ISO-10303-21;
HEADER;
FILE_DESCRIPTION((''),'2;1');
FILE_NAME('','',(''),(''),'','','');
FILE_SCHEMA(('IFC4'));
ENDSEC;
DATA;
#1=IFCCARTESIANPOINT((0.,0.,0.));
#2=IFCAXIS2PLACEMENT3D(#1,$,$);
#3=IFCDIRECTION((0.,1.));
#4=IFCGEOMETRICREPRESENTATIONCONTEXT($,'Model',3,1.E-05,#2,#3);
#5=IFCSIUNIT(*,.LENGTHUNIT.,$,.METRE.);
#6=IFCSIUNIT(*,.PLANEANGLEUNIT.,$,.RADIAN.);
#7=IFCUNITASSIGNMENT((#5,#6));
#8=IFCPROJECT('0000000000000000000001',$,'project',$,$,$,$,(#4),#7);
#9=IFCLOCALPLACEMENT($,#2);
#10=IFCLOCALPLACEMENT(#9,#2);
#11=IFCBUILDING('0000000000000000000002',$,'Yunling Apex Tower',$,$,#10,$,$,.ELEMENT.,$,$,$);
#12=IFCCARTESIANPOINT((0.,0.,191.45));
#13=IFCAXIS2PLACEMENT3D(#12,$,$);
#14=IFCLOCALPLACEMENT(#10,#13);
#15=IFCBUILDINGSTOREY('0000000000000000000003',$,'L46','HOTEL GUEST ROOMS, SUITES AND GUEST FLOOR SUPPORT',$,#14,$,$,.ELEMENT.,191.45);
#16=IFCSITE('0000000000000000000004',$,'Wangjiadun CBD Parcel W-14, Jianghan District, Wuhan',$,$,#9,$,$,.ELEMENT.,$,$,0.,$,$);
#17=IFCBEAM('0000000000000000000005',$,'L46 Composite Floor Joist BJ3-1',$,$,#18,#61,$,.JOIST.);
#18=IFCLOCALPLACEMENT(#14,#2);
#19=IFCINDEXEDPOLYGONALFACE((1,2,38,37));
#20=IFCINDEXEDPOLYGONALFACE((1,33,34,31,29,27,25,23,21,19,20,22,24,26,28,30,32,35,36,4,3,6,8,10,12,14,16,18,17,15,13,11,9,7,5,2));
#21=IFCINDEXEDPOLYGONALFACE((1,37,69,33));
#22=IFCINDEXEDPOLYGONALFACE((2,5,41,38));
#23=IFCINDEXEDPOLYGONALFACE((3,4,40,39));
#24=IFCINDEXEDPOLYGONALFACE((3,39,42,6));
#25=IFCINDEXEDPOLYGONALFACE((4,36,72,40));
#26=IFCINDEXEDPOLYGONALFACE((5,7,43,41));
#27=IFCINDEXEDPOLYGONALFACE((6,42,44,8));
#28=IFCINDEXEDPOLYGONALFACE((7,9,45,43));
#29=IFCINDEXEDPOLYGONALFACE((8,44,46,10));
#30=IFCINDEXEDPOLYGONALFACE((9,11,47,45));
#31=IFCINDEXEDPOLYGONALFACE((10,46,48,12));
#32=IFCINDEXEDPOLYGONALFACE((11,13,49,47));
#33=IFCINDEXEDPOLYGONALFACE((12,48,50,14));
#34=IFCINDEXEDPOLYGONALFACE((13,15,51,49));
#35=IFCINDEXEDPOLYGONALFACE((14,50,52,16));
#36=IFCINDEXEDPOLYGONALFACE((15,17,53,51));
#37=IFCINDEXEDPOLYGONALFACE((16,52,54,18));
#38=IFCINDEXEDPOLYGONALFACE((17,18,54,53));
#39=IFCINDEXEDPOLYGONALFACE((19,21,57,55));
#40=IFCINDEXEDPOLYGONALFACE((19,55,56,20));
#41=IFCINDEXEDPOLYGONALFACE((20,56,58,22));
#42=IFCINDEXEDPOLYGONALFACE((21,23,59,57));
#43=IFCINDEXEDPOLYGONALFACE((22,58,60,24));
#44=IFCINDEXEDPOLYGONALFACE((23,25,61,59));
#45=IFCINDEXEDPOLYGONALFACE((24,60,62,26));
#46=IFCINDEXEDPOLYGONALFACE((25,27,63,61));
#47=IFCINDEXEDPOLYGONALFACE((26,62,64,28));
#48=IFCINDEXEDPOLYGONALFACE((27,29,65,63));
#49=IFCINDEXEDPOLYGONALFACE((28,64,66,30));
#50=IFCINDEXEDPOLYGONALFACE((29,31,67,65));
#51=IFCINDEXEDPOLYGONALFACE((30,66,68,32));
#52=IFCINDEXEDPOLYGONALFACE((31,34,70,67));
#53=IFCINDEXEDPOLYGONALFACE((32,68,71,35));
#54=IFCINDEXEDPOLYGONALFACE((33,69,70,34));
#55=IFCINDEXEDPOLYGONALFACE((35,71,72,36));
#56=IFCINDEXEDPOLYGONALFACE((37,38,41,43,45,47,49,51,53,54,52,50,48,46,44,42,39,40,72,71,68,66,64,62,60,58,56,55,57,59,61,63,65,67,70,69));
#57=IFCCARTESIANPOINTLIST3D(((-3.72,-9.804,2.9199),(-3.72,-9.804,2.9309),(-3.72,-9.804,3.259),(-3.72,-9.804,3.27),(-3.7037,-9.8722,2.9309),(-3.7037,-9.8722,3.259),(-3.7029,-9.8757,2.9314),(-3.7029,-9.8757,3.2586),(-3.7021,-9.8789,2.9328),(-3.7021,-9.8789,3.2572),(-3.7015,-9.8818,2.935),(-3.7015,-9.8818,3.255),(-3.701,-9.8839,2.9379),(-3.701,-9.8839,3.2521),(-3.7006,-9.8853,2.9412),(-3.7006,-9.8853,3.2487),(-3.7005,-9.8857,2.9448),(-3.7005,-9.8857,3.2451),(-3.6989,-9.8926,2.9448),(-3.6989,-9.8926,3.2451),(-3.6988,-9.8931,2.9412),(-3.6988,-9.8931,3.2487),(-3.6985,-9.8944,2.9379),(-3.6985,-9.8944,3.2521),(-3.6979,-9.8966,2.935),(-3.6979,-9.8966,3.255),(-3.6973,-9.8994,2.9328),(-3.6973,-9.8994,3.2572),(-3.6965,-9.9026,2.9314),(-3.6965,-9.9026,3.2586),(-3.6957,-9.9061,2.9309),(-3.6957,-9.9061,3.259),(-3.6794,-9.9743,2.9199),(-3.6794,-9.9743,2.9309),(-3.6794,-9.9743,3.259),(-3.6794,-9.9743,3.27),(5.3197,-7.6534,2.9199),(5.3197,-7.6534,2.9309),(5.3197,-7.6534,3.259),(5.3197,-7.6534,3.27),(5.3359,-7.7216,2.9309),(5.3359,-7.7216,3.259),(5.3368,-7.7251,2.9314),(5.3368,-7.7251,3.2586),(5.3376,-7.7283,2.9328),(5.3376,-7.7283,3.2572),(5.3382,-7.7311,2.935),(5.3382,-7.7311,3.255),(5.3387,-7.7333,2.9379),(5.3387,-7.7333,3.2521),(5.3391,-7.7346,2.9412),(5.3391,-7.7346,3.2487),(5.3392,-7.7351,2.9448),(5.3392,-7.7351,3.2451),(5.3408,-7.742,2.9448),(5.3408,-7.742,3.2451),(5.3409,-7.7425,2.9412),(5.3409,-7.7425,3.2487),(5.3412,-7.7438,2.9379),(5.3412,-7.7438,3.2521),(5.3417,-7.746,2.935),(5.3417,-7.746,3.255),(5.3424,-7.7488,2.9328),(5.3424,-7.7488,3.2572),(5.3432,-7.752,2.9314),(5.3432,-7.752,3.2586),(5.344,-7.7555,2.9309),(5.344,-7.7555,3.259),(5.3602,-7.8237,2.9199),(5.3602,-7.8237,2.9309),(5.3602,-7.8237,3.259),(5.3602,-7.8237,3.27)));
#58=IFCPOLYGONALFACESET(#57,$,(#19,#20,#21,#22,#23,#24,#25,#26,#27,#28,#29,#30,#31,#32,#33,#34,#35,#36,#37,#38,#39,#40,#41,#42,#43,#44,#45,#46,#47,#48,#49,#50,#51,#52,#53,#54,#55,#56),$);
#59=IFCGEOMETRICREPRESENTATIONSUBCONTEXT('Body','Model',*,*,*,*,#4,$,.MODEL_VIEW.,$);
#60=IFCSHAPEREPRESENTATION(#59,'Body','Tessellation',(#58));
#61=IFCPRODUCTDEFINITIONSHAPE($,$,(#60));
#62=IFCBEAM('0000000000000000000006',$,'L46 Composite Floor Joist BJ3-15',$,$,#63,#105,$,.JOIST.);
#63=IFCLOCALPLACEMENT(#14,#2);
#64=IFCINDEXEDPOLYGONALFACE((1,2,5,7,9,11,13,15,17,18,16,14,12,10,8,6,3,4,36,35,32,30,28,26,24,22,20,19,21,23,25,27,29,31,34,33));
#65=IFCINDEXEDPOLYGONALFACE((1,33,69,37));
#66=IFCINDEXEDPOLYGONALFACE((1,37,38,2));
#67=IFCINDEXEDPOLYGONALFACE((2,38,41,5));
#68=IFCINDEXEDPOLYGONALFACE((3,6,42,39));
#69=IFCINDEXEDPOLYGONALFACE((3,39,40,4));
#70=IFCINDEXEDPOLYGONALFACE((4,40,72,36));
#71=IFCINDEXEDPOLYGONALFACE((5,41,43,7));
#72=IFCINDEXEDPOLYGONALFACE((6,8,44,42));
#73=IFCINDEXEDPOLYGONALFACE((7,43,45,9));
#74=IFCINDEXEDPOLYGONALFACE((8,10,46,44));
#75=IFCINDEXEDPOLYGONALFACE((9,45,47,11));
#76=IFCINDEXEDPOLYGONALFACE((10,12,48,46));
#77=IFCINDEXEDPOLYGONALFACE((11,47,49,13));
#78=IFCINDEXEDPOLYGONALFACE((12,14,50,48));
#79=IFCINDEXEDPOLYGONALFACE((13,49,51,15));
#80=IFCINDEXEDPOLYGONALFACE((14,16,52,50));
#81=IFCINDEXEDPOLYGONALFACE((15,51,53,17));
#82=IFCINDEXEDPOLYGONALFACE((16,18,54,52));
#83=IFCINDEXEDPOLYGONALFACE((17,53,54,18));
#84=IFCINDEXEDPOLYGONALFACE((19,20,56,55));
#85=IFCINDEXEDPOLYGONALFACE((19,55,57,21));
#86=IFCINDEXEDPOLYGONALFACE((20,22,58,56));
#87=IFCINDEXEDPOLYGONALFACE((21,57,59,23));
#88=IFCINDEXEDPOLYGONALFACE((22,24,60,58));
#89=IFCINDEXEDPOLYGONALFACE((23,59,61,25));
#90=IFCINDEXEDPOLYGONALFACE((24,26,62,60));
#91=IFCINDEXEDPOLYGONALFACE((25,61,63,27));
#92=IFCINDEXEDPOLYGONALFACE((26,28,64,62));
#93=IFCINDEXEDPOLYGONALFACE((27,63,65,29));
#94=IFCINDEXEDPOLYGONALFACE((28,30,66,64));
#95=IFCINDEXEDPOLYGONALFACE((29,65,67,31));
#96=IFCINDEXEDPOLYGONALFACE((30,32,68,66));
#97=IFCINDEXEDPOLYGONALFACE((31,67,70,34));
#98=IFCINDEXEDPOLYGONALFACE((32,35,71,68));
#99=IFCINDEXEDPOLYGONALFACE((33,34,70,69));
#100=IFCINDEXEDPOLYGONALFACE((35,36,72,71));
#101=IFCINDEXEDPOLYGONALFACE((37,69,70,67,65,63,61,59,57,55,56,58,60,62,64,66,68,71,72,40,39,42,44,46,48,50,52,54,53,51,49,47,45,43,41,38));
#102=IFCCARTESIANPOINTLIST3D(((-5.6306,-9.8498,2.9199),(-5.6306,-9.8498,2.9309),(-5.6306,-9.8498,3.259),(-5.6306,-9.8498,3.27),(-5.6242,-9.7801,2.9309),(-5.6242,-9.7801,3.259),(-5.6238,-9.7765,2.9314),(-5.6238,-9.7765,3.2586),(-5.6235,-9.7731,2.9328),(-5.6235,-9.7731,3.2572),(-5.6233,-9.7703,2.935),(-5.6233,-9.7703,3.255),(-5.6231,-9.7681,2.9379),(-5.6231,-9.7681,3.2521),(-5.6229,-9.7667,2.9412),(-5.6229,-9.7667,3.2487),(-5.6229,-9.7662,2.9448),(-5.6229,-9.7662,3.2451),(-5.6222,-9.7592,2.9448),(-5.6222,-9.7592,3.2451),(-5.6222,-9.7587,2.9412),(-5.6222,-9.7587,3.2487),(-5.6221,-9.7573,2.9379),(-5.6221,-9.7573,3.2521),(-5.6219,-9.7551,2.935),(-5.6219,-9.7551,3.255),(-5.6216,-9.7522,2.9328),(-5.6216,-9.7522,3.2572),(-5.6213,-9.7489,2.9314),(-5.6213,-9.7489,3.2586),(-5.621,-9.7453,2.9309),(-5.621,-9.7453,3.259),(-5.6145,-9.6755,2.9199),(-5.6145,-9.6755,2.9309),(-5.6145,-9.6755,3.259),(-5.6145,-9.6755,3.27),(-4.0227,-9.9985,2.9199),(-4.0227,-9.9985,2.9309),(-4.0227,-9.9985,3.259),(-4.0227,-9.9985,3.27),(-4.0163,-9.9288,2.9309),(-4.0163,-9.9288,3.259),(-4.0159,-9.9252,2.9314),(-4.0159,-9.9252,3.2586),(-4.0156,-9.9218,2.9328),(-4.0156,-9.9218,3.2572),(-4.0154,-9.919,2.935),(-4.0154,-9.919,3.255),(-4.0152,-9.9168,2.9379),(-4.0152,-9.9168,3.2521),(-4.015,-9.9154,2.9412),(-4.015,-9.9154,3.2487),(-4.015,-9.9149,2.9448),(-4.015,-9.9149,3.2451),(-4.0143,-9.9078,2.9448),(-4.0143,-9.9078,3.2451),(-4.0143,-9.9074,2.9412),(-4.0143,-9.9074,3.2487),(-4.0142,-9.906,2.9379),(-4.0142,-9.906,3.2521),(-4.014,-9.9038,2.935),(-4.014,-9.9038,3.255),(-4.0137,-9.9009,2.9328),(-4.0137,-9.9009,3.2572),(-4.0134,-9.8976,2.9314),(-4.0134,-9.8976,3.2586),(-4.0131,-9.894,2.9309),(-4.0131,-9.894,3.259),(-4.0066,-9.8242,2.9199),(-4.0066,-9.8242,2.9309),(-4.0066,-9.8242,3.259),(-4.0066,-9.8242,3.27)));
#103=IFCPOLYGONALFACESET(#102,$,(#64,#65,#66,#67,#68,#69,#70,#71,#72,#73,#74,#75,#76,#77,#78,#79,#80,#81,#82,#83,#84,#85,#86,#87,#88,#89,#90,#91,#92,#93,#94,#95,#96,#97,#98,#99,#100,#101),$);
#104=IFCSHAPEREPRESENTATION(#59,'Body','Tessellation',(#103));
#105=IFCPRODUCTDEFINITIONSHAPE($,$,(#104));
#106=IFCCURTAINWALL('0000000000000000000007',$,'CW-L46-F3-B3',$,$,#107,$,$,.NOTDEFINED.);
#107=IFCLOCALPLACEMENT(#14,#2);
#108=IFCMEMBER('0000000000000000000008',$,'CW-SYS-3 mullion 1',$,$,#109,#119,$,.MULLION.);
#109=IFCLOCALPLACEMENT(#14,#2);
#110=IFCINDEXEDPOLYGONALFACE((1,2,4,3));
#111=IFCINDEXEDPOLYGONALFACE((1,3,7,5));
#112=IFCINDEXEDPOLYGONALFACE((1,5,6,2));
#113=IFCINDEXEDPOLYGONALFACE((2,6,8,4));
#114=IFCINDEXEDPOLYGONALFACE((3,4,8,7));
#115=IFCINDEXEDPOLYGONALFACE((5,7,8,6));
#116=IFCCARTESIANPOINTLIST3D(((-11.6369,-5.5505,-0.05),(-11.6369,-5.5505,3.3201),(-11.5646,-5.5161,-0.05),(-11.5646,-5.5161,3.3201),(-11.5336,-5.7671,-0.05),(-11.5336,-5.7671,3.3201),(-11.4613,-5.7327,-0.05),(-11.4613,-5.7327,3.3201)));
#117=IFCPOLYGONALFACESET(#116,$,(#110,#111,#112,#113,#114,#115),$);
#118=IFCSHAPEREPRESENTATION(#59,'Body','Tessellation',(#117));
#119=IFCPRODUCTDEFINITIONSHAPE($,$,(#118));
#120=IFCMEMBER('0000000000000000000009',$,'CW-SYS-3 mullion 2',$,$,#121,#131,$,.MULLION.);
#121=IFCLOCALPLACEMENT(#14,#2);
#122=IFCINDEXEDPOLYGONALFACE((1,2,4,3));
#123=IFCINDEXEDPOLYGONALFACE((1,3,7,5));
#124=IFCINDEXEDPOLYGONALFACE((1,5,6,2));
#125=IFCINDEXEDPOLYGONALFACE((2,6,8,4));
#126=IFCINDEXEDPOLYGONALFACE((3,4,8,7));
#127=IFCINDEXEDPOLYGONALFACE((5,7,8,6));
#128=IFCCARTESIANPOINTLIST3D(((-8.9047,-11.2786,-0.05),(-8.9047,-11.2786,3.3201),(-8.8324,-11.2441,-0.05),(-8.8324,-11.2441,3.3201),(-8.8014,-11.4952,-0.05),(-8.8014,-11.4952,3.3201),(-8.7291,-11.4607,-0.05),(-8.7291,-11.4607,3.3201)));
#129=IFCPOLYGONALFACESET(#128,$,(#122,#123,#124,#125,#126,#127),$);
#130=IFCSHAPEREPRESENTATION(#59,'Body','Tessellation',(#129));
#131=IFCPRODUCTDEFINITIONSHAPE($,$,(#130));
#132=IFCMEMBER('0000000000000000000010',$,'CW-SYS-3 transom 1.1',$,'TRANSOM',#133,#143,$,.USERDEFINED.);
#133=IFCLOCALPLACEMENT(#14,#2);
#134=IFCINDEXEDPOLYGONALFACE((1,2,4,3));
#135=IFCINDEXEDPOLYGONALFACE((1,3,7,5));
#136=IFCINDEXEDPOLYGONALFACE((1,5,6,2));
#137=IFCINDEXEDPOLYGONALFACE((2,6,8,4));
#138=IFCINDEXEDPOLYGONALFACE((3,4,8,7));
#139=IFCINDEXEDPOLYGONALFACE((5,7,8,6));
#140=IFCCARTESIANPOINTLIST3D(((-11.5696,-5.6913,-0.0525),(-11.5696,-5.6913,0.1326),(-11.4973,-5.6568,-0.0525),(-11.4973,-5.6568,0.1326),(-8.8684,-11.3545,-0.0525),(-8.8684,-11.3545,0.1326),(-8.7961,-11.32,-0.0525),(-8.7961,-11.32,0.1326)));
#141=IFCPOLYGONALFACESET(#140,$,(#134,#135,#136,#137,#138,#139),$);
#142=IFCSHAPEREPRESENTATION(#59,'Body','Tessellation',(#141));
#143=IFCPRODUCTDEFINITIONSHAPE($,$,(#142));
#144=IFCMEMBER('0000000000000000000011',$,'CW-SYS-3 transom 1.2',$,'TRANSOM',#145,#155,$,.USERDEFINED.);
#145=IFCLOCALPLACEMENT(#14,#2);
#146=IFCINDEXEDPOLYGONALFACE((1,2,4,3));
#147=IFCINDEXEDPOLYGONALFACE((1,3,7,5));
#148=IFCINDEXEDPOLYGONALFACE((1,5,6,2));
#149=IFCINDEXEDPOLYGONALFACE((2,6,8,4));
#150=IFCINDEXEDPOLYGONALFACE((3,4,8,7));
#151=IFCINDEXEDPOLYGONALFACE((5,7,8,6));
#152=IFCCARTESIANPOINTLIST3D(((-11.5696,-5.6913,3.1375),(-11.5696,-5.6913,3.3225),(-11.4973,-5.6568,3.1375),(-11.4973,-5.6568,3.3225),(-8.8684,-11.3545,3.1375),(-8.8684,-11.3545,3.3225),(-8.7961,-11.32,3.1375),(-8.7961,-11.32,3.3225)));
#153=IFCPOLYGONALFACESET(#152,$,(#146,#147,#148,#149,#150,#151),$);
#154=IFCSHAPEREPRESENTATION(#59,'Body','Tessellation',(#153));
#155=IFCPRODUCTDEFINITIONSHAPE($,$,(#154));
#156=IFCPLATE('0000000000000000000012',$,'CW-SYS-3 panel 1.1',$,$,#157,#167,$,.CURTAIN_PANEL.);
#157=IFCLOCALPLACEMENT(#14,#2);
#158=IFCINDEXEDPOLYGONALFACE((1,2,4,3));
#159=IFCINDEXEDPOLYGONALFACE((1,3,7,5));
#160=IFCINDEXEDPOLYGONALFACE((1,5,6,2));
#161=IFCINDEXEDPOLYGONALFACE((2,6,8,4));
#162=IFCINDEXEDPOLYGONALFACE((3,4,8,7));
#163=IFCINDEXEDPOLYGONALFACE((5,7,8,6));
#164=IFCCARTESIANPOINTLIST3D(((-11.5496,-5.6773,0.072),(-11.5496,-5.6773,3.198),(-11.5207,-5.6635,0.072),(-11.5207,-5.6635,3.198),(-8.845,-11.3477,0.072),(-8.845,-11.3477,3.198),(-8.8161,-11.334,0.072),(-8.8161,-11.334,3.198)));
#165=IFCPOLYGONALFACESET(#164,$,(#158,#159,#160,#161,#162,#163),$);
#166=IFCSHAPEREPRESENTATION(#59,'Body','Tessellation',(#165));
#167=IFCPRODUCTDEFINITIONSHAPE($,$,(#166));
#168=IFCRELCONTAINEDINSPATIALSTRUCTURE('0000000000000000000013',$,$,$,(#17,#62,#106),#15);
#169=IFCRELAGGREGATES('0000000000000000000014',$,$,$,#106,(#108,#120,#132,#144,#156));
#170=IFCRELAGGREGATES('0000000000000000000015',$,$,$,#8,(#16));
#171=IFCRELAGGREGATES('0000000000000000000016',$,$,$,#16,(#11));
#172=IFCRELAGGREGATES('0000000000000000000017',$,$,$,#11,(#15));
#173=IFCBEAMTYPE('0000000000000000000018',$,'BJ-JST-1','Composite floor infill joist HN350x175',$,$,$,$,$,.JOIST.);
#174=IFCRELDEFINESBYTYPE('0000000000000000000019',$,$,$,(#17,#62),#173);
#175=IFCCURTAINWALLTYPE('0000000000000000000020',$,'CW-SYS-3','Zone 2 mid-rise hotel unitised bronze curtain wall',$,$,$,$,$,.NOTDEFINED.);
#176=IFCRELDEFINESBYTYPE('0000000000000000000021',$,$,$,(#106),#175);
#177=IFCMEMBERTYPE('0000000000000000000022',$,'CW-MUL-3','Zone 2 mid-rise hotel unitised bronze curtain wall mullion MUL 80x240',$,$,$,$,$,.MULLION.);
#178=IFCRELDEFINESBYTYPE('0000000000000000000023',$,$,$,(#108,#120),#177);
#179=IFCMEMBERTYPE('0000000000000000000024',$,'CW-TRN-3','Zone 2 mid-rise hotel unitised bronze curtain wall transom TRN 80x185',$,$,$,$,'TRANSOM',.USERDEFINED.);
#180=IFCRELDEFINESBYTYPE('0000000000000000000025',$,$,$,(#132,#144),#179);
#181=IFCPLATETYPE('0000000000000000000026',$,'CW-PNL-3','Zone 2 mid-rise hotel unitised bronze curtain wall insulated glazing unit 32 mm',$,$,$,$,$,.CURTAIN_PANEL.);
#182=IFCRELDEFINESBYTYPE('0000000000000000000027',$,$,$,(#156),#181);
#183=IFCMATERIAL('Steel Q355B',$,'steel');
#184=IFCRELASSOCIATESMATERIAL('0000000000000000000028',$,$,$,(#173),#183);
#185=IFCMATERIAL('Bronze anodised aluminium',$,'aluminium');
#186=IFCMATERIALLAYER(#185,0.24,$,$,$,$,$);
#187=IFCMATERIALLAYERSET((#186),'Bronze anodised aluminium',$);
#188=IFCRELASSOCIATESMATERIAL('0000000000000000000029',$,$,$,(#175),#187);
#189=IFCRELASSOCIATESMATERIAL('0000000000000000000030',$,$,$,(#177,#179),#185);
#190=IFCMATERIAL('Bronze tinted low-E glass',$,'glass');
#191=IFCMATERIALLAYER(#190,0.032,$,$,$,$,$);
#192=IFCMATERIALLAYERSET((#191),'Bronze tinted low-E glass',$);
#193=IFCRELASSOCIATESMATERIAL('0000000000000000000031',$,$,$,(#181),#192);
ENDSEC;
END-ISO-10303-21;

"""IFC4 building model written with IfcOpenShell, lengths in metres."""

from ifc_helpers import new_model, si_unit, direction, frame, origin, origin_2d, place, context, subcontext, project, spatial, rectangle, i_section, extrude, source, transform, mapped, material, layer, layer_set, material_profile, profile_set, type_object, element, aggregate, save


model = new_model("IFC4")

# Units and contexts
model_context = context("Model", 3, precision=1e-05, world=origin(), true_north=direction((0.0, 1.0)))
body_context = subcontext(model_context, "Body", "Model", "MODEL_VIEW")
ifc_project = project(units=[si_unit("LENGTHUNIT", "METRE"), si_unit("PLANEANGLEUNIT", "RADIAN")], contexts=[model_context])

# Site, building, storey
site_placement = place(None, origin())
site = spatial("IfcSite", under=ifc_project, at=site_placement, Name="Wangjiadun CBD Parcel W-14, Jianghan District, Wuhan", CompositionType="ELEMENT", RefElevation=0.0)
building_placement = place(site_placement, origin())
building = spatial("IfcBuilding", under=site, at=building_placement, Name="Yunling Apex Tower", CompositionType="ELEMENT")
storey_placement = place(building_placement, frame((0.0, 0.0, 191.45)))
storey = spatial("IfcBuildingStorey", under=building, at=storey_placement, Name="L46", Description="HOTEL GUEST ROOMS, SUITES AND GUEST FLOOR SUPPORT", CompositionType="ELEMENT", Elevation=191.45)

# Beams
ifc_material_1 = material(Name="Steel Q355B", Category="steel")
ifc_material_profile_1 = material_profile(ifc_material_1, i_section(OverallWidth=0.175, OverallDepth=0.3501, WebThickness=0.0071, FlangeThickness=0.011, FilletRadius=0.0139, at=origin_2d()))
ifc_profile_set_1 = profile_set([ifc_material_profile_1], Name="Steel Q355B")
beam_type_1 = type_object("IfcBeamType", Name="BJ-JST-1", Description="Composite floor infill joist HN350x175", PredefinedType="JOIST", material=ifc_profile_set_1)
shared_shape_1 = source(origin(), body_context, "Body", "SweptSolid", [
    extrude(i_section(OverallWidth=0.175, OverallDepth=0.3501, WebThickness=0.0071, FlangeThickness=0.011, FilletRadius=0.0139, at=origin_2d()), origin(), (0.0, 0.0, 1.0), 9.292),
])
beam_1_placement = place(storey_placement, frame((-3.6997, -9.8892, 3.095), z_axis=(0.972847, 0.231448, 0.0), x_axis=(-0.231448, 0.972847, 0.0)))
element("IfcBeam", 1, at=beam_1_placement, inside=storey, type_object=beam_type_1, Name="L46 Composite Floor Joist BJ3-1", PredefinedType="JOIST", context=body_context, shape_type="MappedRepresentation", body=[
    mapped(shared_shape_1, transform((0.0, 0.0, 0.0), scale=1.0)),
])
shared_shape_2 = source(origin(), body_context, "Body", "SweptSolid", [
    extrude(i_section(OverallWidth=0.175, OverallDepth=0.3501, WebThickness=0.0071, FlangeThickness=0.011, FilletRadius=0.0139, at=origin_2d()), origin(), (0.0, 0.0, 1.0), 1.6147),
])
beam_2_placement = place(storey_placement, frame((-5.6226, -9.7627, 3.095), z_axis=(0.995752, -0.092076, 0.0), x_axis=(0.092076, 0.995752, 0.0)))
element("IfcBeam", 2, at=beam_2_placement, inside=storey, type_object=beam_type_1, Name="L46 Composite Floor Joist BJ3-15", PredefinedType="JOIST", context=body_context, shape_type="MappedRepresentation", body=[
    mapped(shared_shape_2, transform((0.0, 0.0, 0.0), scale=1.0)),
])

# Curtain wall, members, plate
ifc_material_2 = material(Name="Bronze anodised aluminium", Category="aluminium")
ifc_layer_1 = layer(ifc_material_2, 0.24)
ifc_layer_set_1 = layer_set([ifc_layer_1], Name="Bronze anodised aluminium")
curtain_wall_type = type_object("IfcCurtainWallType", Name="CW-SYS-3", Description="Zone 2 mid-rise hotel unitised bronze curtain wall", PredefinedType="NOTDEFINED", material=ifc_layer_set_1)
curtain_wall_placement = place(storey_placement, origin())
curtain_wall = element("IfcCurtainWall", 3, at=curtain_wall_placement, inside=storey, type_object=curtain_wall_type, Name="CW-L46-F3-B3", PredefinedType="NOTDEFINED")
ifc_material_profile_2 = material_profile(ifc_material_2, rectangle(XDim=0.0801, YDim=0.24, at=origin_2d()))
ifc_profile_set_2 = profile_set([ifc_material_profile_2], Name="Bronze anodised aluminium")
member_type_1 = type_object("IfcMemberType", Name="CW-MUL-3", Description="Zone 2 mid-rise hotel unitised bronze curtain wall mullion MUL 80x240", PredefinedType="MULLION", material=ifc_profile_set_2)
shared_shape_3 = source(origin(), body_context, "Body", "SweptSolid", [
    extrude(rectangle(XDim=0.0801, YDim=0.24, at=origin_2d()), origin(), (0.0, 0.0, 1.0), 3.3701),
])
member_1_placement = place(storey_placement, frame((-11.5491, -5.6416, -0.05), z_axis=(0.0, 0.0, 1.0), x_axis=(0.902588, 0.430505, 0.0)))
member_1 = element("IfcMember", 4, at=member_1_placement, type_object=member_type_1, Name="CW-SYS-3 mullion 1", PredefinedType="MULLION", context=body_context, shape_type="MappedRepresentation", body=[
    mapped(shared_shape_3, transform((0.0, 0.0, 0.0), scale=1.0)),
])
member_2_placement = place(storey_placement, frame((-8.8169, -11.3696, -0.05), z_axis=(0.0, 0.0, 1.0), x_axis=(0.902588, 0.430505, 0.0)))
member_2 = element("IfcMember", 5, at=member_2_placement, type_object=member_type_1, Name="CW-SYS-3 mullion 2", PredefinedType="MULLION", context=body_context, shape_type="MappedRepresentation", body=[
    mapped(shared_shape_3, transform((0.0, 0.0, 0.0), scale=1.0)),
])
ifc_material_profile_3 = material_profile(ifc_material_2, rectangle(XDim=0.0801, YDim=0.1851, at=origin_2d()))
ifc_profile_set_3 = profile_set([ifc_material_profile_3], Name="Bronze anodised aluminium")
member_type_2 = type_object("IfcMemberType", Name="CW-TRN-3", Description="Zone 2 mid-rise hotel unitised bronze curtain wall transom TRN 80x185", ElementType="TRANSOM", PredefinedType="USERDEFINED", material=ifc_profile_set_3)
shared_shape_4 = source(origin(), body_context, "Body", "SweptSolid", [
    extrude(rectangle(XDim=0.0801, YDim=0.1851, at=origin_2d()), origin(), (0.0, 0.0, 1.0), 6.2744),
])
member_3_placement = place(storey_placement, frame((-11.5334, -5.6741, 0.04), z_axis=(0.430513, -0.902584, 0.0), x_axis=(0.902584, 0.430513, 0.0)))
member_3 = element("IfcMember", 6, at=member_3_placement, type_object=member_type_2, Name="CW-SYS-3 transom 1.1", ObjectType="TRANSOM", PredefinedType="USERDEFINED", context=body_context, shape_type="MappedRepresentation", body=[
    mapped(shared_shape_4, transform((0.0, 0.0, 0.0), scale=1.0)),
])
member_4_placement = place(storey_placement, frame((-11.5334, -5.6741, 3.23), z_axis=(0.430513, -0.902584, 0.0), x_axis=(0.902584, 0.430513, 0.0)))
member_4 = element("IfcMember", 7, at=member_4_placement, type_object=member_type_2, Name="CW-SYS-3 transom 1.2", ObjectType="TRANSOM", PredefinedType="USERDEFINED", context=body_context, shape_type="MappedRepresentation", body=[
    mapped(shared_shape_4, transform((0.0, 0.0, 0.0), scale=1.0)),
])
ifc_material_3 = material(Name="Bronze tinted low-E glass", Category="glass")
ifc_layer_2 = layer(ifc_material_3, 0.032)
ifc_layer_set_2 = layer_set([ifc_layer_2], Name="Bronze tinted low-E glass")
plate_type = type_object("IfcPlateType", Name="CW-PNL-3", Description="Zone 2 mid-rise hotel unitised bronze curtain wall insulated glazing unit 32 mm", PredefinedType="CURTAIN_PANEL", material=ifc_layer_set_2)
shared_shape_5 = source(origin(), body_context, "Body", "SweptSolid", [
    extrude(rectangle(XDim=6.2825, YDim=0.032, at=origin_2d()), origin(), (0.0, 0.0, 1.0), 3.126),
])
plate_placement = place(storey_placement, frame((-10.1829, -8.5056, 0.072), z_axis=(0.0, 0.0, 1.0), x_axis=(0.430505, -0.902588, 0.0)))
plate = element("IfcPlate", 8, at=plate_placement, type_object=plate_type, Name="CW-SYS-3 panel 1.1", PredefinedType="CURTAIN_PANEL", context=body_context, shape_type="MappedRepresentation", body=[
    mapped(shared_shape_5, transform((0.0, 0.0, 0.0), scale=1.0)),
])
aggregate(curtain_wall, [member_1, member_2, member_3, member_4, plate])

save(model, "model.ifc")
